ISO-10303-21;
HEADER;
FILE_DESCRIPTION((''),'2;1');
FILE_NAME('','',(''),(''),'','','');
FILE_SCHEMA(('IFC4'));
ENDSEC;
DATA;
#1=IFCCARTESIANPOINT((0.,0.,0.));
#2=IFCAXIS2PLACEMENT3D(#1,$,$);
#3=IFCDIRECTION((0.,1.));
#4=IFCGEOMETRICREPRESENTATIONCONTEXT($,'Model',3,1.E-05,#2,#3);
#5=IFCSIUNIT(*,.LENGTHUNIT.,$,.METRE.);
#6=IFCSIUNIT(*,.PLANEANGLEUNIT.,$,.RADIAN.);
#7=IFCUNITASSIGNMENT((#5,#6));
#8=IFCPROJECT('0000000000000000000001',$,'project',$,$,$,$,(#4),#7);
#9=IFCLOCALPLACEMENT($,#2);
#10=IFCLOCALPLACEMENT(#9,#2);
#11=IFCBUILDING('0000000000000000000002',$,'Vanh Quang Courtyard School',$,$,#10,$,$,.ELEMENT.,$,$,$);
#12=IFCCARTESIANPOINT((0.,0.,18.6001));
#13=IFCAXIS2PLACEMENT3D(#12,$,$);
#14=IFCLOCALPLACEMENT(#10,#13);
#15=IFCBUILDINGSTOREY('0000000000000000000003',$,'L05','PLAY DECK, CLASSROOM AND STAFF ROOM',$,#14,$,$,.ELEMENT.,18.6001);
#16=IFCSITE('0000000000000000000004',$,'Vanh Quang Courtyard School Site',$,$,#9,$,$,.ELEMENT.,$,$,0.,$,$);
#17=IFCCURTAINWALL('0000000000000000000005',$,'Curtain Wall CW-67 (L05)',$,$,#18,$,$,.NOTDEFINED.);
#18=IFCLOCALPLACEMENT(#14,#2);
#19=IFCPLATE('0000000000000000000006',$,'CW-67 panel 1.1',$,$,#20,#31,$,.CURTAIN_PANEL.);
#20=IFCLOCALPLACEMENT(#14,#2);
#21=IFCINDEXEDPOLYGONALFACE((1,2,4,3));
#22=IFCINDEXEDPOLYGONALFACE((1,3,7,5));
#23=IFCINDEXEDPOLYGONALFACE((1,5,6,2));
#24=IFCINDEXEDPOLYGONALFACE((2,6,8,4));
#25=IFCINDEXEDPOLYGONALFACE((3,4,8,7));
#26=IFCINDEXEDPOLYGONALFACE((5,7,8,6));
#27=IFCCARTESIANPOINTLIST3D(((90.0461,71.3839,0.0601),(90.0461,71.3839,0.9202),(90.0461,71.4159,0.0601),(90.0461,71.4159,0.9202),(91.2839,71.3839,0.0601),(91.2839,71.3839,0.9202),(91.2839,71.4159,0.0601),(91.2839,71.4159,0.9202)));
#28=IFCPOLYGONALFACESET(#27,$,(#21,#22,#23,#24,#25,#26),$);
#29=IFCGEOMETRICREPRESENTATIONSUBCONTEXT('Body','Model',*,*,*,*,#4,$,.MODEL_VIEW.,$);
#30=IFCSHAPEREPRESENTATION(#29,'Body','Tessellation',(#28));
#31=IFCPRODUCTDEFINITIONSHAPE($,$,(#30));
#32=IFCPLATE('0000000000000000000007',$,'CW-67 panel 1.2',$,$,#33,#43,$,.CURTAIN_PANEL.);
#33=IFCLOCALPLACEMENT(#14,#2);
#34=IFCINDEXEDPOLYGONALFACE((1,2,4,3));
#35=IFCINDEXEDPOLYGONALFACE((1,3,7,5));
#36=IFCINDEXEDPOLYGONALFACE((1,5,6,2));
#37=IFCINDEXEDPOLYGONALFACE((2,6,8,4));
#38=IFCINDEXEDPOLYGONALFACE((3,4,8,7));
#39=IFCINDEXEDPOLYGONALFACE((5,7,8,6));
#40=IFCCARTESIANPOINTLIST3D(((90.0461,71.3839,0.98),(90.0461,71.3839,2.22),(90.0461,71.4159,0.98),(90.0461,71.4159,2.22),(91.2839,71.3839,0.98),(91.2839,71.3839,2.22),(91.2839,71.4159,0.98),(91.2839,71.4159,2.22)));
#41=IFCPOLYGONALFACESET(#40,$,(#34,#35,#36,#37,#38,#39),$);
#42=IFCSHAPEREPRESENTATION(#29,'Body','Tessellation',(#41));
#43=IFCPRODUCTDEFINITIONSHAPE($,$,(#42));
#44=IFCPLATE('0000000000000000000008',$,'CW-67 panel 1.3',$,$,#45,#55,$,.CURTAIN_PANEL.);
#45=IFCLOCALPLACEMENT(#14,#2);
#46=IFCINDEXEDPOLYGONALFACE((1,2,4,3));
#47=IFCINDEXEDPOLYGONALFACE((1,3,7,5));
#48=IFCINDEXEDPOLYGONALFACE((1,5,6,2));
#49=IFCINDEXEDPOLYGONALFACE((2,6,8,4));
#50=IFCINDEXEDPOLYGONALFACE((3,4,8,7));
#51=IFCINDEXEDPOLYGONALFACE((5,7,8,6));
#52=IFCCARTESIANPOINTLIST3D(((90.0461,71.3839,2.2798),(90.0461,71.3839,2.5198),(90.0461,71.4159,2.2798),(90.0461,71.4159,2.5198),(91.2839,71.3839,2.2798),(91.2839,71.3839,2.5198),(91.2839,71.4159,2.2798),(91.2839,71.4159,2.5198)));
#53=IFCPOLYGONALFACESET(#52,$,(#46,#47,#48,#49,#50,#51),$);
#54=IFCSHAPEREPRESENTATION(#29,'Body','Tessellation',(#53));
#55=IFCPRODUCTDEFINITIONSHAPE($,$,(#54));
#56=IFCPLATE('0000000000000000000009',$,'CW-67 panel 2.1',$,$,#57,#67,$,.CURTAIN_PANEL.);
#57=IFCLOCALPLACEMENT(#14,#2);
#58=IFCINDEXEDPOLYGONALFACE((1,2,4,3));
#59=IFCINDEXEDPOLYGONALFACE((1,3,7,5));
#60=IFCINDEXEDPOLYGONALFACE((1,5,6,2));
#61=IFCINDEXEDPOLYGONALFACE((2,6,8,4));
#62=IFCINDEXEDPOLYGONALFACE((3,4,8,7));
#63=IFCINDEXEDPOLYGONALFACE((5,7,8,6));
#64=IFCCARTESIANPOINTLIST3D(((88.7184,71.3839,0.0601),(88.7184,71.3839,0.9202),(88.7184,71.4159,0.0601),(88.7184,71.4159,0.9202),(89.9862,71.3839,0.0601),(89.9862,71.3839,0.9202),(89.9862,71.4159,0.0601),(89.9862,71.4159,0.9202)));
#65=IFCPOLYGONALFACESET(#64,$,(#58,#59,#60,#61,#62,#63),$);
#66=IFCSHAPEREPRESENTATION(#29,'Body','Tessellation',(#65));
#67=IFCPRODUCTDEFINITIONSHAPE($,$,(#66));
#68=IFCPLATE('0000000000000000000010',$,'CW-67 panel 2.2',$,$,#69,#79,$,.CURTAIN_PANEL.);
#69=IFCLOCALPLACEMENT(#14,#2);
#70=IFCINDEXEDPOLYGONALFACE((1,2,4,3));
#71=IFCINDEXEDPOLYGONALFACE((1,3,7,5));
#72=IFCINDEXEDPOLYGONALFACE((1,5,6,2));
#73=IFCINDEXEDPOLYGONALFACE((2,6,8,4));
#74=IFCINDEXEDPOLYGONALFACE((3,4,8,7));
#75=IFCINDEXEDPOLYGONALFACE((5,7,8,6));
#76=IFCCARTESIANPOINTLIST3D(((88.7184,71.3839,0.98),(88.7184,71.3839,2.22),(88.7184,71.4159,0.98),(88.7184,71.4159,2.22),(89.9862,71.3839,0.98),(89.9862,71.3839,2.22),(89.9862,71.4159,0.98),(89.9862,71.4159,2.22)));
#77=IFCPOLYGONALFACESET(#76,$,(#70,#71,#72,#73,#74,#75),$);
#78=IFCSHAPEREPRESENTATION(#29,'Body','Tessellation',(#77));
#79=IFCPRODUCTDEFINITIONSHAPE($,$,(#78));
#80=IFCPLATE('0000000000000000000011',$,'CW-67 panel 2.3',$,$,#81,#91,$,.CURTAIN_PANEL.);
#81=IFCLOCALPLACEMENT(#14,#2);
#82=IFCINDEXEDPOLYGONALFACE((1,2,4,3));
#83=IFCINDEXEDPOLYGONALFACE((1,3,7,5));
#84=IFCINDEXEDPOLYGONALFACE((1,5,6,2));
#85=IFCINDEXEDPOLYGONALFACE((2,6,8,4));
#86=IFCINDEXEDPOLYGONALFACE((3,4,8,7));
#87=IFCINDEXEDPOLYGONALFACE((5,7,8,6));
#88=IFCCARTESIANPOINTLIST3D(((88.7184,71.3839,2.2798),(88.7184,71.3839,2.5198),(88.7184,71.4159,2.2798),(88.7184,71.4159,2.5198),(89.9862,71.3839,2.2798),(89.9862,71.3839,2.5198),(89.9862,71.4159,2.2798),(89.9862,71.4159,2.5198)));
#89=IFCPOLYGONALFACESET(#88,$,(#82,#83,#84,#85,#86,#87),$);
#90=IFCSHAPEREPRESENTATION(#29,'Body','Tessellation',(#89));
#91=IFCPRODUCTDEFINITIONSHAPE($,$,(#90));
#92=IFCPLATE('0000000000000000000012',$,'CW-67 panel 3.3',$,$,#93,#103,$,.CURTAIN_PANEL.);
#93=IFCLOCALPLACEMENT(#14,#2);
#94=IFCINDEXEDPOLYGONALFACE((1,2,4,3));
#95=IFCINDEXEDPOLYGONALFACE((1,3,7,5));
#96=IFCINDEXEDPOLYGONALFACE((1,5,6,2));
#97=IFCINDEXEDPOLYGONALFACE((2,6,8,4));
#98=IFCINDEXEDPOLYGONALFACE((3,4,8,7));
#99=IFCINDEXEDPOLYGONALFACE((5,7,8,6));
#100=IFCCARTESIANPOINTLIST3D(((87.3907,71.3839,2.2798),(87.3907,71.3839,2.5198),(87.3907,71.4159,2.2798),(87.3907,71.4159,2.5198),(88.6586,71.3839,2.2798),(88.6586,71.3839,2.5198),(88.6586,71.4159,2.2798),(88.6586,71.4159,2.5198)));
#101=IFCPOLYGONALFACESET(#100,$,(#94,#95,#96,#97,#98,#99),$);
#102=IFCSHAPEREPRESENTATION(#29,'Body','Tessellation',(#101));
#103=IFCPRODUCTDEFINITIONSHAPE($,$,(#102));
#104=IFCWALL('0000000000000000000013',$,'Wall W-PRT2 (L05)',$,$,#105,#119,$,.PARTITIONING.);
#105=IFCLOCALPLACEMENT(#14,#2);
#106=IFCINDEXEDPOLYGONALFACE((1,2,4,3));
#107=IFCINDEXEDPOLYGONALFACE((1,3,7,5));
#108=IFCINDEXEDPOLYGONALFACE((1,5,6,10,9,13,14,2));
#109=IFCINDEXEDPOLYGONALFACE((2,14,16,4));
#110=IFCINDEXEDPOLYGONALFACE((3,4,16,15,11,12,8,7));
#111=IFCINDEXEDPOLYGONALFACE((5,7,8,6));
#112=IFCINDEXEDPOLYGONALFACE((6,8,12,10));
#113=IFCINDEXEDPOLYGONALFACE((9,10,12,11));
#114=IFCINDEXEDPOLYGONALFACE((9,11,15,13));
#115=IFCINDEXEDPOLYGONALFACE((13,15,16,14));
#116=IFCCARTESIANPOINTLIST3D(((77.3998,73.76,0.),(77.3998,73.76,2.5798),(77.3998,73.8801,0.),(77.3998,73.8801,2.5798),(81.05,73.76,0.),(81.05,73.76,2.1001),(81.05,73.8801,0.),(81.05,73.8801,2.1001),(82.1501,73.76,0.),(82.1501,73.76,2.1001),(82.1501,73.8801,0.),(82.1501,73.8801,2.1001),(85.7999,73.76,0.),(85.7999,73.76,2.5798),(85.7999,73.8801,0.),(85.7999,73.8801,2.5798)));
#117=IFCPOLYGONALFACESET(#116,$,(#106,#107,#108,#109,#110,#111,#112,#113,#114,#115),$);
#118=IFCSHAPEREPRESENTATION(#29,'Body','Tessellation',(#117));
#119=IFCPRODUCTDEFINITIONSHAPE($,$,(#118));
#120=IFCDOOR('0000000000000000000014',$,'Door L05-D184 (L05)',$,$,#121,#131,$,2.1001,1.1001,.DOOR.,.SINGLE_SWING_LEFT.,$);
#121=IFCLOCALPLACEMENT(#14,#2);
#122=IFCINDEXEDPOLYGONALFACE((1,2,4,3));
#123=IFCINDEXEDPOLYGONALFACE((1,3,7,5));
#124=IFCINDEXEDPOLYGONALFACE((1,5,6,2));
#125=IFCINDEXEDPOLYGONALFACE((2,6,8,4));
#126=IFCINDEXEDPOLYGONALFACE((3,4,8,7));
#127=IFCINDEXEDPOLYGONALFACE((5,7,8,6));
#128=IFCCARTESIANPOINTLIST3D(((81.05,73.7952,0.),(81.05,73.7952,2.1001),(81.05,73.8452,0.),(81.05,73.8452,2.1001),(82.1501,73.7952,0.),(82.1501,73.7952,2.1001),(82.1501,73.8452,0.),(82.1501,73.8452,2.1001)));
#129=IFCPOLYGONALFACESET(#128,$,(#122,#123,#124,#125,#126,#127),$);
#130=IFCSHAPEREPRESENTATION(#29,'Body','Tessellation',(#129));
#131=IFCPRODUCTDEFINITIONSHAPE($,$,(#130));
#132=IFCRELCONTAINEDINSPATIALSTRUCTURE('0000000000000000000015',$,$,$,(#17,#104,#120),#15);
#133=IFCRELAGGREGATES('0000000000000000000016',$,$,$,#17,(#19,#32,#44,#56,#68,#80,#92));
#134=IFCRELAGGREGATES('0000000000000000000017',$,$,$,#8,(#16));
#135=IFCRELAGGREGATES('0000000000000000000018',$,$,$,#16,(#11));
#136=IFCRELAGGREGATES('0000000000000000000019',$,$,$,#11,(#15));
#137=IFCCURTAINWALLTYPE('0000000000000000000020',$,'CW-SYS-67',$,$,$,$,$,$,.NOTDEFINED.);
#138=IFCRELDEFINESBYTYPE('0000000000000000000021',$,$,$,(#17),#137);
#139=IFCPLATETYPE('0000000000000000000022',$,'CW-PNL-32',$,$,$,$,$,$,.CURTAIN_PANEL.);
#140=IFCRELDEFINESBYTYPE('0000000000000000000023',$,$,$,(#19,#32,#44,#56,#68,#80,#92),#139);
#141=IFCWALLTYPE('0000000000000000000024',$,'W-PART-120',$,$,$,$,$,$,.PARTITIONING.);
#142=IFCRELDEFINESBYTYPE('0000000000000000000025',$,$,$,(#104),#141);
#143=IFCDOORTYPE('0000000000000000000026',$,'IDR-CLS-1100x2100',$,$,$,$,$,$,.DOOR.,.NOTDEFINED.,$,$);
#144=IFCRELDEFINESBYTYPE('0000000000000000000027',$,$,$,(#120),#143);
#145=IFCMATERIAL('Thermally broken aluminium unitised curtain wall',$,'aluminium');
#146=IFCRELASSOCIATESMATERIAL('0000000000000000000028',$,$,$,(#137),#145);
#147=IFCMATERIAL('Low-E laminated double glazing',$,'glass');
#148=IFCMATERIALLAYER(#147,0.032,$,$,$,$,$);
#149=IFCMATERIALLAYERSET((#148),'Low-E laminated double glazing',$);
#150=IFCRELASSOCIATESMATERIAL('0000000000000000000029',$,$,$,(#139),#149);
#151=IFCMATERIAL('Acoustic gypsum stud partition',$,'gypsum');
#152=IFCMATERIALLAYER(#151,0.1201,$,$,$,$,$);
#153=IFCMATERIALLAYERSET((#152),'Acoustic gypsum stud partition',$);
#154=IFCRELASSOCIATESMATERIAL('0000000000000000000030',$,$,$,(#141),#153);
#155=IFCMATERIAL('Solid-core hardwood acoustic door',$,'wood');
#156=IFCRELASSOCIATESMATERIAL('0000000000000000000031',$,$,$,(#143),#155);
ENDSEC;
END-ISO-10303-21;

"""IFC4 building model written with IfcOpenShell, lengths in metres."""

from ifc_helpers import new_model, si_unit, direction, frame, frame_2d, origin, origin_2d, place, context, subcontext, project, spatial, rectangle, extrude, material, layer, layer_set, type_object, element, fill, aggregate, save


model = new_model("IFC4")

# Units and contexts
model_context = context("Model", 3, precision=1e-05, world=origin(), true_north=direction((0.0, 1.0)))
body_context = subcontext(model_context, "Body", "Model", "MODEL_VIEW")
ifc_project = project(units=[si_unit("LENGTHUNIT", "METRE"), si_unit("PLANEANGLEUNIT", "RADIAN")], contexts=[model_context])

# Site, building, storey
site_placement = place(None, origin())
site = spatial("IfcSite", under=ifc_project, at=site_placement, Name="Vanh Quang Courtyard School Site", CompositionType="ELEMENT", RefElevation=0.0)
building_placement = place(site_placement, origin())
building = spatial("IfcBuilding", under=site, at=building_placement, Name="Vanh Quang Courtyard School", CompositionType="ELEMENT")
storey_placement = place(building_placement, frame((0.0, 0.0, 18.6001)))
storey = spatial("IfcBuildingStorey", under=building, at=storey_placement, Name="L05", Description="PLAY DECK, CLASSROOM AND STAFF ROOM", CompositionType="ELEMENT", Elevation=18.6001)

# Curtain wall
ifc_material_1 = material(Name="Thermally broken aluminium unitised curtain wall", Category="aluminium")
curtain_wall_type = type_object("IfcCurtainWallType", Name="CW-SYS-67", PredefinedType="NOTDEFINED", material=ifc_material_1)
curtain_wall_placement = place(storey_placement, origin())
curtain_wall = element("IfcCurtainWall", 1, at=curtain_wall_placement, inside=storey, type_object=curtain_wall_type, Name="Curtain Wall CW-67 (L05)", PredefinedType="NOTDEFINED")

# Plates
ifc_material_2 = material(Name="Low-E laminated double glazing", Category="glass")
ifc_layer_1 = layer(ifc_material_2, 0.032)
ifc_layer_set_1 = layer_set([ifc_layer_1], Name="Low-E laminated double glazing")
plate_type = type_object("IfcPlateType", Name="CW-PNL-32", PredefinedType="CURTAIN_PANEL", material=ifc_layer_set_1)
plate_1_placement = place(storey_placement, frame((90.665, 71.3999, 0.0601), z_axis=(0.0, 0.0, 1.0), x_axis=(-1.0, 0.0, 0.0)))
plate_1 = element("IfcPlate", 2, at=plate_1_placement, type_object=plate_type, Name="CW-67 panel 1.1", PredefinedType="CURTAIN_PANEL", context=body_context, shape_type="SweptSolid", body=[
    extrude(rectangle(XDim=1.2378, YDim=0.032, at=origin_2d()), origin(), (0.0, 0.0, 1.0), 0.8601),
])
plate_2_placement = place(storey_placement, frame((90.665, 71.3999, 0.98), z_axis=(0.0, 0.0, 1.0), x_axis=(-1.0, 0.0, 0.0)))
plate_2 = element("IfcPlate", 3, at=plate_2_placement, type_object=plate_type, Name="CW-67 panel 1.2", PredefinedType="CURTAIN_PANEL", context=body_context, shape_type="SweptSolid", body=[
    extrude(rectangle(XDim=1.2378, YDim=0.032, at=origin_2d()), origin(), (0.0, 0.0, 1.0), 1.24),
])
plate_3_placement = place(storey_placement, frame((90.665, 71.3999, 2.2798), z_axis=(0.0, 0.0, 1.0), x_axis=(-1.0, 0.0, 0.0)))
plate_3 = element("IfcPlate", 4, at=plate_3_placement, type_object=plate_type, Name="CW-67 panel 1.3", PredefinedType="CURTAIN_PANEL", context=body_context, shape_type="SweptSolid", body=[
    extrude(rectangle(XDim=1.2378, YDim=0.032, at=origin_2d()), origin(), (0.0, 0.0, 1.0), 0.24),
])
plate_4_placement = place(storey_placement, frame((89.3523, 71.3999, 0.0601), z_axis=(0.0, 0.0, 1.0), x_axis=(-1.0, 0.0, 0.0)))
plate_4 = element("IfcPlate", 5, at=plate_4_placement, type_object=plate_type, Name="CW-67 panel 2.1", PredefinedType="CURTAIN_PANEL", context=body_context, shape_type="SweptSolid", body=[
    extrude(rectangle(XDim=1.2678, YDim=0.032, at=origin_2d()), origin(), (0.0, 0.0, 1.0), 0.8601),
])
plate_5_placement = place(storey_placement, frame((89.3523, 71.3999, 0.98), z_axis=(0.0, 0.0, 1.0), x_axis=(-1.0, 0.0, 0.0)))
plate_5 = element("IfcPlate", 6, at=plate_5_placement, type_object=plate_type, Name="CW-67 panel 2.2", PredefinedType="CURTAIN_PANEL", context=body_context, shape_type="SweptSolid", body=[
    extrude(rectangle(XDim=1.2678, YDim=0.032, at=origin_2d()), origin(), (0.0, 0.0, 1.0), 1.24),
])
plate_6_placement = place(storey_placement, frame((89.3523, 71.3999, 2.2798), z_axis=(0.0, 0.0, 1.0), x_axis=(-1.0, 0.0, 0.0)))
plate_6 = element("IfcPlate", 7, at=plate_6_placement, type_object=plate_type, Name="CW-67 panel 2.3", PredefinedType="CURTAIN_PANEL", context=body_context, shape_type="SweptSolid", body=[
    extrude(rectangle(XDim=1.2678, YDim=0.032, at=origin_2d()), origin(), (0.0, 0.0, 1.0), 0.24),
])
plate_7_placement = place(storey_placement, frame((88.0247, 71.3999, 2.2798), z_axis=(0.0, 0.0, 1.0), x_axis=(-1.0, 0.0, 0.0)))
plate_7 = element("IfcPlate", 8, at=plate_7_placement, type_object=plate_type, Name="CW-67 panel 3.3", PredefinedType="CURTAIN_PANEL", context=body_context, shape_type="SweptSolid", body=[
    extrude(rectangle(XDim=1.2678, YDim=0.032, at=origin_2d()), origin(), (0.0, 0.0, 1.0), 0.24),
])
aggregate(curtain_wall, [plate_1, plate_2, plate_3, plate_4, plate_5, plate_6, plate_7])

# Wall, opening, door
ifc_material_3 = material(Name="Acoustic gypsum stud partition", Category="gypsum")
ifc_layer_2 = layer(ifc_material_3, 0.1201)
ifc_layer_set_2 = layer_set([ifc_layer_2], Name="Acoustic gypsum stud partition")
wall_type = type_object("IfcWallType", Name="W-PART-120", PredefinedType="PARTITIONING", material=ifc_layer_set_2)
wall_placement = place(storey_placement, frame((85.8, 73.8201, 0.0), z_axis=(0.0, 0.0, 1.0), x_axis=(-1.0, 0.0, 0.0)))
wall = element("IfcWall", 9, at=wall_placement, inside=storey, type_object=wall_type, Name="Wall W-PRT2 (L05)", PredefinedType="PARTITIONING", context=body_context, shape_type="SweptSolid", body=[
    extrude(rectangle(XDim=8.4001, YDim=0.1201, at=frame_2d((4.2002, 0.0))), origin(), (0.0, 0.0, 1.0), 2.5798),
])
opening_placement = place(wall_placement, frame((3.6499, 0.0, 0.0)))
opening = element("IfcOpeningElement", 10, at=opening_placement, cuts=wall, PredefinedType="OPENING", context=body_context, shape_type="SweptSolid", body=[
    extrude(rectangle(XDim=1.1001, YDim=2.1001, at=frame_2d((0.55, 1.05))), frame((0.0, 0.0701, 0.0), z_axis=(0.0, -1.0, 0.0), x_axis=(1.0, 0.0, 0.0)), (0.0, 0.0, 1.0), 0.1401),
])
ifc_material_4 = material(Name="Solid-core hardwood acoustic door", Category="wood")
door_type = type_object("IfcDoorType", Name="IDR-CLS-1100x2100", OperationType="NOTDEFINED", PredefinedType="DOOR", material=ifc_material_4)
door_placement = place(opening_placement, origin())
door = element("IfcDoor", 11, at=door_placement, inside=storey, type_object=door_type, Name="Door L05-D184 (L05)", OperationType="SINGLE_SWING_LEFT", OverallHeight=2.1001, OverallWidth=1.1001, PredefinedType="DOOR", context=body_context, shape_type="SweptSolid", body=[
    extrude(rectangle(XDim=1.1001, YDim=2.1001, at=frame_2d((0.55, 1.05))), frame((0.0, 0.0249, 0.0), z_axis=(0.0, -1.0, 0.0), x_axis=(1.0, 0.0, 0.0)), (0.0, 0.0, 1.0), 0.05),
])
fill(opening, door)

save(model, "model.ifc")
